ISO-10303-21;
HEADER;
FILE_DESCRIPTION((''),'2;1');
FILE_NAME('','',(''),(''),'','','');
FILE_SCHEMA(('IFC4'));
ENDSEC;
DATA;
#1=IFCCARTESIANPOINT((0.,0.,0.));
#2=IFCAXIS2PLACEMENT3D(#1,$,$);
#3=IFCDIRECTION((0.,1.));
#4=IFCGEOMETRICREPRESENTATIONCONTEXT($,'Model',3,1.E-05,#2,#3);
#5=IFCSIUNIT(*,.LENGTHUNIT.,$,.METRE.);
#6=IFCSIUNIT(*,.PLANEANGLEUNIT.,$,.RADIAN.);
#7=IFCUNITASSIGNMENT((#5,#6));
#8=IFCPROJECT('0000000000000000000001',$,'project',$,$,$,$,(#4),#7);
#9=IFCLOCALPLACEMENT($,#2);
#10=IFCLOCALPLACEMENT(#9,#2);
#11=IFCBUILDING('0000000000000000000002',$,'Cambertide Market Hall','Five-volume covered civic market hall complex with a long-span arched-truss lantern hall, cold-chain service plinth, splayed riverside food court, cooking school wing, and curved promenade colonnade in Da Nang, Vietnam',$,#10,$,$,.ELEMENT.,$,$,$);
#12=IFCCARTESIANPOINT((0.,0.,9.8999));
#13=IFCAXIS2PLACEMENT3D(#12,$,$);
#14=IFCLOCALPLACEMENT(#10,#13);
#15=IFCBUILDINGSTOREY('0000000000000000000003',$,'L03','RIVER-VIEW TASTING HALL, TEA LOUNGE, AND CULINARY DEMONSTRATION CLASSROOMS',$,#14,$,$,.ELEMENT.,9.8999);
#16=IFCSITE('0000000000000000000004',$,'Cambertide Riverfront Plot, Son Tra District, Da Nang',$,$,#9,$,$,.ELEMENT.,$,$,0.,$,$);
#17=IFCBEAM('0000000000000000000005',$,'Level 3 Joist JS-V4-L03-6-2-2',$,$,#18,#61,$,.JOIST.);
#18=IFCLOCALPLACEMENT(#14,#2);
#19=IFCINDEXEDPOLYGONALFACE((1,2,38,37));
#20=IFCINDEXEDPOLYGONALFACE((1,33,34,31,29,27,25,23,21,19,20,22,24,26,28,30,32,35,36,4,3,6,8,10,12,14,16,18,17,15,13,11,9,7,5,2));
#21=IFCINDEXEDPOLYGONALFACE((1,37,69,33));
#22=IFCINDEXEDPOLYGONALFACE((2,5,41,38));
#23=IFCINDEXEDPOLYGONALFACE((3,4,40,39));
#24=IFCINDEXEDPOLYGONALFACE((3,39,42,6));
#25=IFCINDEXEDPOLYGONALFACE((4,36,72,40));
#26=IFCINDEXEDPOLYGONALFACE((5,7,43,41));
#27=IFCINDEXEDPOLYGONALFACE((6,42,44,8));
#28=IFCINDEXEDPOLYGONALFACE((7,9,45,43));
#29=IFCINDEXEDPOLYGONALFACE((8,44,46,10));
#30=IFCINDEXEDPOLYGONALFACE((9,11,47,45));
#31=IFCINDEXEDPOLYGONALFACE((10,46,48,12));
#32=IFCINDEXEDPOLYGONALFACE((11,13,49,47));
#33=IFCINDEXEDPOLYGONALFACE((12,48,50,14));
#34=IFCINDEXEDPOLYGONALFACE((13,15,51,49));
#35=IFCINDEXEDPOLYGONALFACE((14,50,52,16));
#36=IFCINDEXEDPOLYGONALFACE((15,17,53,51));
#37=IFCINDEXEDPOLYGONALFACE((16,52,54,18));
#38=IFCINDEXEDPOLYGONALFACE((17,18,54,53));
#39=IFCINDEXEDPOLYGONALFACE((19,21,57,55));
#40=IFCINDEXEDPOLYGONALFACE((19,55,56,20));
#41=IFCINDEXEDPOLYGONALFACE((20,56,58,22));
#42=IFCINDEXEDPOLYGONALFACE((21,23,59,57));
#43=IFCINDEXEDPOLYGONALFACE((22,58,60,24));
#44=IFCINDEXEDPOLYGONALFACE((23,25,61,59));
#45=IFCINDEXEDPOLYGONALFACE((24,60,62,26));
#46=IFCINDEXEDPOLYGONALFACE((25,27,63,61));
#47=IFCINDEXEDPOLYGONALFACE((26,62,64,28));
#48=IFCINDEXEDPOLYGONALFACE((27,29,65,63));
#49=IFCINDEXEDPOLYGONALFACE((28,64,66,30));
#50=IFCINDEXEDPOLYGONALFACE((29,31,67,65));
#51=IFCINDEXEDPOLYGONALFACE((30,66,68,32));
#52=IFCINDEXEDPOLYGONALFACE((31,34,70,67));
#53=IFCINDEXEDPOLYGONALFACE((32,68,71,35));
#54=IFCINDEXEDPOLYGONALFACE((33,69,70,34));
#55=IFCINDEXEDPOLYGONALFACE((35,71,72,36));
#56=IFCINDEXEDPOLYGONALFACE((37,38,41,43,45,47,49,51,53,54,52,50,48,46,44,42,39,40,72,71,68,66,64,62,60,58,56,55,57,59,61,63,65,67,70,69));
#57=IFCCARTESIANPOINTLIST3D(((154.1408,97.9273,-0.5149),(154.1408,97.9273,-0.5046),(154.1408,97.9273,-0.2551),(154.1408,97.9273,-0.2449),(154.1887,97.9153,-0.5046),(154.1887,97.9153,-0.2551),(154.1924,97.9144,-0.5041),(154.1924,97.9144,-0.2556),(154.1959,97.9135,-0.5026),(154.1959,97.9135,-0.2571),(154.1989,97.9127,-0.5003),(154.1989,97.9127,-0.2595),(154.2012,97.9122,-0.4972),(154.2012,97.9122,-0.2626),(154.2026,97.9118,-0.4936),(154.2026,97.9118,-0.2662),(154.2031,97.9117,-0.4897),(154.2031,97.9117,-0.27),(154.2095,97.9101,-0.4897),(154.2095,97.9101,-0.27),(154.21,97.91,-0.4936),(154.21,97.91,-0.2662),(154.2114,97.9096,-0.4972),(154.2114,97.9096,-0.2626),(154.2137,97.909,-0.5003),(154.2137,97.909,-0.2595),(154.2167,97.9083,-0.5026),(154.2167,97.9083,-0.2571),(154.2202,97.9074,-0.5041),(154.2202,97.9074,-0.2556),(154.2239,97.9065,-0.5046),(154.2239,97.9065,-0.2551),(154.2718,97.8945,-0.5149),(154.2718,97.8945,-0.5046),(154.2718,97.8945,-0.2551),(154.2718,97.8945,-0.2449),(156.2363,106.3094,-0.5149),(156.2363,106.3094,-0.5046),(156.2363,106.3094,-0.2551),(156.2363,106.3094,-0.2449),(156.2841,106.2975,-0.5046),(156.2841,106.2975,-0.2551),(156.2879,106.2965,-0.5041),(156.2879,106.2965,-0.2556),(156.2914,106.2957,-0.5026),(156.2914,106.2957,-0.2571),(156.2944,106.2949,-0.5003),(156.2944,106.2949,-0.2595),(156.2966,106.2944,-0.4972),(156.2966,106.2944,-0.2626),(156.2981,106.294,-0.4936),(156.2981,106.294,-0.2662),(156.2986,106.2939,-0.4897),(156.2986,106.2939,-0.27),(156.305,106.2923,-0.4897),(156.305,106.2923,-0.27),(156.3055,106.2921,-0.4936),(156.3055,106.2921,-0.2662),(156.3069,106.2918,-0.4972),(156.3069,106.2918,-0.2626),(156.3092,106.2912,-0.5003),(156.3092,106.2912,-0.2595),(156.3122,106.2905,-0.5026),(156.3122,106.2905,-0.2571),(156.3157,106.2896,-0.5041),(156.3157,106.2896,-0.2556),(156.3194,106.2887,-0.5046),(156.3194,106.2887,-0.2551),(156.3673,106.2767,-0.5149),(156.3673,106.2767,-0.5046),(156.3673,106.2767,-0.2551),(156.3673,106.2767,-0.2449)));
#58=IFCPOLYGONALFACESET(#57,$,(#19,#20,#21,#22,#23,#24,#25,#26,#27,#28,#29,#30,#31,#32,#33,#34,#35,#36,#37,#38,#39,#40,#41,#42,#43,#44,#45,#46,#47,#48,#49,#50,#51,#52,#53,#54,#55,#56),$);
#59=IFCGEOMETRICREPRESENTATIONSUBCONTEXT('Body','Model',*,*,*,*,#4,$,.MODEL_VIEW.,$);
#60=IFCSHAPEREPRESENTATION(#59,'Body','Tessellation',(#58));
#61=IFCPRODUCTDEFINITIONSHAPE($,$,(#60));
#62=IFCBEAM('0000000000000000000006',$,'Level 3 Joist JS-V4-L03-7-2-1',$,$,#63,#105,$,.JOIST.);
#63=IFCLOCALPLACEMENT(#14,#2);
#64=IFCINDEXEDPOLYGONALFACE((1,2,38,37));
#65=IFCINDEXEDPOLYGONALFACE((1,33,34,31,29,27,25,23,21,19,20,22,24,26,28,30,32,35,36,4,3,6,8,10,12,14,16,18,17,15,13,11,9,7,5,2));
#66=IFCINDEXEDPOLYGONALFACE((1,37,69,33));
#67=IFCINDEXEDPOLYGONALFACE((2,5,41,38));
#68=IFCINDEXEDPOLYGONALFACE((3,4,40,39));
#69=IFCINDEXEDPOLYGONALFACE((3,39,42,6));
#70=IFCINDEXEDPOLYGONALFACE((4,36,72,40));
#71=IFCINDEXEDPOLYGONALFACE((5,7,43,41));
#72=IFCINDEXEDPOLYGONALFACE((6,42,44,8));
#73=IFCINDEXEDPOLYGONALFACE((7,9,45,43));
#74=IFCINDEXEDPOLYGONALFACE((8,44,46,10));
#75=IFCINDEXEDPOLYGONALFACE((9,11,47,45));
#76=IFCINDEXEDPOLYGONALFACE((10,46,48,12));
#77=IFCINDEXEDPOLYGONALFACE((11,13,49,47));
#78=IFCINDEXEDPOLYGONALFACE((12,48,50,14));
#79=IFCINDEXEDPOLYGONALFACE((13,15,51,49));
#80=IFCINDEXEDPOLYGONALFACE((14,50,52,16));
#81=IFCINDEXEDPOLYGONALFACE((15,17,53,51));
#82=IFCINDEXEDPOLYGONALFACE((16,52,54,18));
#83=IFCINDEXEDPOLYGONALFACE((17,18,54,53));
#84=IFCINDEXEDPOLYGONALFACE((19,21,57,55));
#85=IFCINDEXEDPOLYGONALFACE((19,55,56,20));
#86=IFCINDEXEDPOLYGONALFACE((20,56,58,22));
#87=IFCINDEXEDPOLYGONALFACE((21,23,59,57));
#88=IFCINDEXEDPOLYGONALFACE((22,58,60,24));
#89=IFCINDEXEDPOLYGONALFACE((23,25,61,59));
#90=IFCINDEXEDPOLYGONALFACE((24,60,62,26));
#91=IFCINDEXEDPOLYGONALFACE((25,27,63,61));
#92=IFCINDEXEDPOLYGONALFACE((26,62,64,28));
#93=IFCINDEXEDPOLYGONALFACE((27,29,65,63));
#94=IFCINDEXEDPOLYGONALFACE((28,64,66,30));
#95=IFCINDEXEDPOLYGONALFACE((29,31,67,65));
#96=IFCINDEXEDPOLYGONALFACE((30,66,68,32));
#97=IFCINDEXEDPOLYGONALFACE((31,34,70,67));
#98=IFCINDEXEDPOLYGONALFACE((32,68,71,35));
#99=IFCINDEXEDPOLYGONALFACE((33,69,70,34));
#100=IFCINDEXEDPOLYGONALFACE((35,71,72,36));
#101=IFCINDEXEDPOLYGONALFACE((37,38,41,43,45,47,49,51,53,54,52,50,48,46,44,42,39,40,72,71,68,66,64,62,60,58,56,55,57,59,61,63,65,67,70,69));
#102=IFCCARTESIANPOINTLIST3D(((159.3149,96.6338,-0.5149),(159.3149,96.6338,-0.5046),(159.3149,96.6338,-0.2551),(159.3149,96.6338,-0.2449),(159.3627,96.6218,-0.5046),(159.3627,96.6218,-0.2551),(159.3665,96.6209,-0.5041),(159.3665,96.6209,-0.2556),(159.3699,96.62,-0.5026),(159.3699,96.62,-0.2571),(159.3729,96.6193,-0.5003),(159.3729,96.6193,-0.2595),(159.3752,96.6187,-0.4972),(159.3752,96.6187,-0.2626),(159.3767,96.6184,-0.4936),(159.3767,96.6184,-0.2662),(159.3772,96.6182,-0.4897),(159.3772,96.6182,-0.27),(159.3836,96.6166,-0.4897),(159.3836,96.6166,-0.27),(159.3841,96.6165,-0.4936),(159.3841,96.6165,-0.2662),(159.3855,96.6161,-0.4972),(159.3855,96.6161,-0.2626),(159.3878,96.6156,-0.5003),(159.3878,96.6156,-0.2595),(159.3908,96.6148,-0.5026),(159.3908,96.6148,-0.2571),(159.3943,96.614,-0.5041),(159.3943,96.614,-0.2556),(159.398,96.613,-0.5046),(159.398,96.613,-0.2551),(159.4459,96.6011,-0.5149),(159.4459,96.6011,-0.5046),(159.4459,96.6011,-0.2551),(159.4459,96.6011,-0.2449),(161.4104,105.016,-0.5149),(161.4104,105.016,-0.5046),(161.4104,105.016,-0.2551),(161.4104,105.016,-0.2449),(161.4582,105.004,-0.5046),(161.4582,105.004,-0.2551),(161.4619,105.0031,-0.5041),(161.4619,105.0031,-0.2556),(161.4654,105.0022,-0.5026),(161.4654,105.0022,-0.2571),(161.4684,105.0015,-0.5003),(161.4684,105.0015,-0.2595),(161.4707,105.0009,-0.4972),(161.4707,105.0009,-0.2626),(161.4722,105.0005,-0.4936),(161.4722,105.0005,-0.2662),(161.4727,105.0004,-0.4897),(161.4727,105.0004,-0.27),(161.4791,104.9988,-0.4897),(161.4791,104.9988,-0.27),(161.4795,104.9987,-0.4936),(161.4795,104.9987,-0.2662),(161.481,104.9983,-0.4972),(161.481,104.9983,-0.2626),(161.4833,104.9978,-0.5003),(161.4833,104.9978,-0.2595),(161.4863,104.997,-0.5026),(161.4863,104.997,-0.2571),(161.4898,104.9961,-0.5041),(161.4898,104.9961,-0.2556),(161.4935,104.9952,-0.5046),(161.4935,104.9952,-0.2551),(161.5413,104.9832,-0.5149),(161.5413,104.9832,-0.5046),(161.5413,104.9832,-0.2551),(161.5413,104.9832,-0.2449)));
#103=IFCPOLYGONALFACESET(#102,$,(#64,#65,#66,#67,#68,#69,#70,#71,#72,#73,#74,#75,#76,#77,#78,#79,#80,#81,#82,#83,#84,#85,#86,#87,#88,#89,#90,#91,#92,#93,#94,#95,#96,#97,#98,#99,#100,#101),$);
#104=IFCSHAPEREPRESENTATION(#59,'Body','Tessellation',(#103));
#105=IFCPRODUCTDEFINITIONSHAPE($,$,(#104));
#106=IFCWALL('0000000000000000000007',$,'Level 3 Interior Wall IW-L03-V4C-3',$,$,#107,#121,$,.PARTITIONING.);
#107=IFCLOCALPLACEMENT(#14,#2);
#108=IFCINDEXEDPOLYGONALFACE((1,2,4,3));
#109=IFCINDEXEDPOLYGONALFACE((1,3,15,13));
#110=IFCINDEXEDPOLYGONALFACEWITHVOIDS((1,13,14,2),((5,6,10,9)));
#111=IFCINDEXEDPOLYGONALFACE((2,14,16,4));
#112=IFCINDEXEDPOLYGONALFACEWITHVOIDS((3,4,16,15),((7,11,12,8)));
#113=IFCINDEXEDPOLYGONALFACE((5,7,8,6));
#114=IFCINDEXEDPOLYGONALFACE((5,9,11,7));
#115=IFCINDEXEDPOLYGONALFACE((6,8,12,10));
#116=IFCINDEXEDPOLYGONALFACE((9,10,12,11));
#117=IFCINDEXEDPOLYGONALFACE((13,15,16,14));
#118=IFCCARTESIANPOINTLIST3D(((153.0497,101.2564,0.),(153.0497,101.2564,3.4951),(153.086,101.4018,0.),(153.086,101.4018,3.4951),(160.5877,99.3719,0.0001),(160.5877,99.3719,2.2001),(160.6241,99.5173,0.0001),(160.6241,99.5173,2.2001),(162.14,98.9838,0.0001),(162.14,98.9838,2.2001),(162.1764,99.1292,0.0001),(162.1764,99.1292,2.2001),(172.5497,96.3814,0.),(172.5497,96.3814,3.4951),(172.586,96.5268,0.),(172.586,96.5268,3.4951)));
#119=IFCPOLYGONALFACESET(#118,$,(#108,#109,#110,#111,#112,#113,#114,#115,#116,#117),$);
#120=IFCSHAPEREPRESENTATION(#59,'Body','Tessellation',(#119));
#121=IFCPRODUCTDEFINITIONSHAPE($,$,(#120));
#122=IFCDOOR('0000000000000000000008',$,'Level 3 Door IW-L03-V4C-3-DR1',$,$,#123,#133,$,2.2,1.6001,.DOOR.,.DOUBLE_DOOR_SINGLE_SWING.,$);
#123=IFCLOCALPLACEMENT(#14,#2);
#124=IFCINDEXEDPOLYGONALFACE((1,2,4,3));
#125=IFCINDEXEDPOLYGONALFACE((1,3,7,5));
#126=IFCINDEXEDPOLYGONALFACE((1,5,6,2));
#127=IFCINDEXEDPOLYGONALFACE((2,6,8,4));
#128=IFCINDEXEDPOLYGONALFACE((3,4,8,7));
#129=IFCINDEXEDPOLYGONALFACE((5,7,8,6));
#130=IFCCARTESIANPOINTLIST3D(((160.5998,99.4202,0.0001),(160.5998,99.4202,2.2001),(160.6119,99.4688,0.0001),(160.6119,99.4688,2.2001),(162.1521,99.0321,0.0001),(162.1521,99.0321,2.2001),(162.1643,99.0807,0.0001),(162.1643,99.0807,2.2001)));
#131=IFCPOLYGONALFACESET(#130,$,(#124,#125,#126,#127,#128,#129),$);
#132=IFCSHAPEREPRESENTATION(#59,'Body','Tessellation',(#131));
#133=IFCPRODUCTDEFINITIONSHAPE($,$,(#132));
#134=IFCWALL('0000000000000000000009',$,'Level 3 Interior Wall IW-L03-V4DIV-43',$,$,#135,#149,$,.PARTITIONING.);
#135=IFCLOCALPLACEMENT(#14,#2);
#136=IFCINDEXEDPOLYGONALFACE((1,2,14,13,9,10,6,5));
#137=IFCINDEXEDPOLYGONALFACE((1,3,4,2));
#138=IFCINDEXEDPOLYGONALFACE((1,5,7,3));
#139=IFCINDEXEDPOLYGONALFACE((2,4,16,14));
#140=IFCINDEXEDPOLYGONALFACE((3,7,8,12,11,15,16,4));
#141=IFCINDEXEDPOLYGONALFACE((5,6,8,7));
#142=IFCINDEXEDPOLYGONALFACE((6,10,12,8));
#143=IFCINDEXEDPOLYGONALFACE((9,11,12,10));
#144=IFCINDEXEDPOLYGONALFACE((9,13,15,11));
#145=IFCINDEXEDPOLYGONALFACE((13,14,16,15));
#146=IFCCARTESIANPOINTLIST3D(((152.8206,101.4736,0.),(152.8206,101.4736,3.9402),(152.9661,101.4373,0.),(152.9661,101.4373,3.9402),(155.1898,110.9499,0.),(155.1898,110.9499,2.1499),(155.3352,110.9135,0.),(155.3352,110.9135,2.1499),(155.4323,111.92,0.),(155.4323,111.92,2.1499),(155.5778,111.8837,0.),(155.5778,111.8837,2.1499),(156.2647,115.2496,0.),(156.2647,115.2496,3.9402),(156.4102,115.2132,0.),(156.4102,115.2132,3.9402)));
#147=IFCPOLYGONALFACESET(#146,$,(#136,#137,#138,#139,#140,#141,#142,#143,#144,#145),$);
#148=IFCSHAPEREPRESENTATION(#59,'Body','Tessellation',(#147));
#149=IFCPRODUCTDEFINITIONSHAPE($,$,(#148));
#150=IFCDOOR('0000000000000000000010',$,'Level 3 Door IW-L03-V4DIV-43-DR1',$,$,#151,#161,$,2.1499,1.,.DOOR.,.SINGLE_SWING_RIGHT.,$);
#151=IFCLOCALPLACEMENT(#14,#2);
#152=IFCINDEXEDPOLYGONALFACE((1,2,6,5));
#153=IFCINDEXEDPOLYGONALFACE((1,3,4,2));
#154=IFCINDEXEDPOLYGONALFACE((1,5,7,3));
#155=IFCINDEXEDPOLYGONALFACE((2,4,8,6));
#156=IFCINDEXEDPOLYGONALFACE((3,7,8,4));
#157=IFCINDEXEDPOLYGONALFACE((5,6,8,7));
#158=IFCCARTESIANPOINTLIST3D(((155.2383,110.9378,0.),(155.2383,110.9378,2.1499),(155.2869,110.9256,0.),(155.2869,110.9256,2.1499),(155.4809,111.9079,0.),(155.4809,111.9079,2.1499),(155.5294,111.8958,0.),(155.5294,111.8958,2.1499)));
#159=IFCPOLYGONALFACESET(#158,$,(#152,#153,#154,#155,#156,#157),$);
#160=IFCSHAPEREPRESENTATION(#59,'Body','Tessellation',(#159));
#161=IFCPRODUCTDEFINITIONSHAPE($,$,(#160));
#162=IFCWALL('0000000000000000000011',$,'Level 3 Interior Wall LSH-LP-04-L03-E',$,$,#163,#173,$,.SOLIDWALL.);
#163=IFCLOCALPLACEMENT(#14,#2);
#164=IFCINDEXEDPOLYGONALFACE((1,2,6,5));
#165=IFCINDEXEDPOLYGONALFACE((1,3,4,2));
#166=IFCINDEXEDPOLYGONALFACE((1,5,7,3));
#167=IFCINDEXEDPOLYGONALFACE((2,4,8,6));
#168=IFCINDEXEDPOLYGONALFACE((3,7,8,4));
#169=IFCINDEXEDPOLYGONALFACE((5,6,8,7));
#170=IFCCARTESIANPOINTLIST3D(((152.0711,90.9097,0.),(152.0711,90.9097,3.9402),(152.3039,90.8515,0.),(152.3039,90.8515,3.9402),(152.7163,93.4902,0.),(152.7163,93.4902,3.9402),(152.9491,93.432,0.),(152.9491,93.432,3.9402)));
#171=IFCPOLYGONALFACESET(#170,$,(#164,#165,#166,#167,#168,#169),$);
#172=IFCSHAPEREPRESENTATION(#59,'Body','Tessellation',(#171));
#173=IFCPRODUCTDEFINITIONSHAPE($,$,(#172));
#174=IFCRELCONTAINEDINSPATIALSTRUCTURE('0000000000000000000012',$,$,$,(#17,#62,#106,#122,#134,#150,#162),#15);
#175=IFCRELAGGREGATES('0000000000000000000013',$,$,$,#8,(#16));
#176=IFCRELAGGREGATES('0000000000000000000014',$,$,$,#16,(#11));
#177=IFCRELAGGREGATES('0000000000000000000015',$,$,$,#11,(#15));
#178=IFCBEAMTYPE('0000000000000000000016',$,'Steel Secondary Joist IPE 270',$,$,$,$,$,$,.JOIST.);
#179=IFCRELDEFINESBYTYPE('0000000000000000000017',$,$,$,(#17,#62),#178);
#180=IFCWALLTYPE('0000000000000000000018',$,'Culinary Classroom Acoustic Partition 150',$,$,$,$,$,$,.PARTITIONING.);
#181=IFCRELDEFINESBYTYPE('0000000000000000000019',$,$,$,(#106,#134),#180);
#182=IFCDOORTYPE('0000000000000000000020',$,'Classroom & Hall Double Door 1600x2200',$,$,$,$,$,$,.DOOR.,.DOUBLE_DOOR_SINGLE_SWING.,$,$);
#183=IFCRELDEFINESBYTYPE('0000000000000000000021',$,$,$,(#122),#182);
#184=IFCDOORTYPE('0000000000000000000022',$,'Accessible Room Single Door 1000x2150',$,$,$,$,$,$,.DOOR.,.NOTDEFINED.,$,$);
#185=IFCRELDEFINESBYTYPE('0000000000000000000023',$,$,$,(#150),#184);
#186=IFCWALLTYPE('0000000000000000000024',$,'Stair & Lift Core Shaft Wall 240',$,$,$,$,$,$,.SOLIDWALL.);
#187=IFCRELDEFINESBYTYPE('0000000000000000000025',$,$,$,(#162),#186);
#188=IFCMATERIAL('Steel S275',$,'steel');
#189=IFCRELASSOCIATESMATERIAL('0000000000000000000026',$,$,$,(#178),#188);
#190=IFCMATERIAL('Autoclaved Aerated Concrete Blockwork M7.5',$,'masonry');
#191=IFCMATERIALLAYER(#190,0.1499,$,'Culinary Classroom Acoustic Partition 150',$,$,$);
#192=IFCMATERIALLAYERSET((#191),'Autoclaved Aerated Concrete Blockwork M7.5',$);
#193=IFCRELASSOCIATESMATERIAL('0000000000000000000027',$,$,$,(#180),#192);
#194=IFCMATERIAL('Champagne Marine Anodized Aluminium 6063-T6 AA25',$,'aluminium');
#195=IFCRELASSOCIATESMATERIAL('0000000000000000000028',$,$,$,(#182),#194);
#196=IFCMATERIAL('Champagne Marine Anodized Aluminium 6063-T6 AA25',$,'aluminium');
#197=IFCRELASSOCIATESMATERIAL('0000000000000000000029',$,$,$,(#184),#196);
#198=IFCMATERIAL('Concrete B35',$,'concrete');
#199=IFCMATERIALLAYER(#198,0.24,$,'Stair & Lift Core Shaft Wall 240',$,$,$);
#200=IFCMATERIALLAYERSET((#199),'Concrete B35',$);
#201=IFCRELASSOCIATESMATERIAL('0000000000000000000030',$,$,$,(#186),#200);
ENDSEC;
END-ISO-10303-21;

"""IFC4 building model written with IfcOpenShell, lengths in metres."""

from ifc_helpers import new_model, si_unit, direction, frame, frame_2d, origin, origin_2d, place, context, subcontext, project, spatial, rectangle, i_section, extrude, material, layer, layer_set, material_profile, profile_set, type_object, element, fill, save


model = new_model("IFC4")

# Units and contexts
model_context = context("Model", 3, precision=1e-05, world=origin(), true_north=direction((0.0, 1.0)))
body_context = subcontext(model_context, "Body", "Model", "MODEL_VIEW")
ifc_project = project(units=[si_unit("LENGTHUNIT", "METRE"), si_unit("PLANEANGLEUNIT", "RADIAN")], contexts=[model_context])

# Site, building, storey
site_placement = place(None, origin())
site = spatial("IfcSite", under=ifc_project, at=site_placement, Name="Cambertide Riverfront Plot, Son Tra District, Da Nang", CompositionType="ELEMENT", RefElevation=0.0)
building_placement = place(site_placement, origin())
building = spatial("IfcBuilding", under=site, at=building_placement, Name="Cambertide Market Hall", Description="Five-volume covered civic market hall complex with a long-span arched-truss lantern hall, cold-chain service plinth, splayed riverside food court, cooking school wing, and curved promenade colonnade in Da Nang, Vietnam", CompositionType="ELEMENT")
storey_placement = place(building_placement, frame((0.0, 0.0, 9.8999)))
storey = spatial("IfcBuildingStorey", under=building, at=storey_placement, Name="L03", Description="RIVER-VIEW TASTING HALL, TEA LOUNGE, AND CULINARY DEMONSTRATION CLASSROOMS", CompositionType="ELEMENT", Elevation=9.8999)

# Beams
ifc_material_1 = material(Name="Steel S275", Category="steel")
ifc_material_profile_1 = material_profile(ifc_material_1, i_section(OverallWidth=0.135, OverallDepth=0.27, WebThickness=0.0066, FlangeThickness=0.0103, FilletRadius=0.0149, at=origin_2d()), Name="IPE 270")
ifc_profile_set_1 = profile_set([ifc_material_profile_1], Name="Steel S275")
beam_type_1 = type_object("IfcBeamType", Name="Steel Secondary Joist IPE 270", PredefinedType="JOIST", material=ifc_profile_set_1)
for number, where, z_axis, x_axis, name in (
    (1, (154.2063, 97.9109, -0.3799), (0.242529, 0.970144, 0.0), (-0.970144, 0.242529, 0.0), "Level 3 Joist JS-V4-L03-6-2-2"),
    (2, (159.3804, 96.6174, -0.3799), (0.242529, 0.970144, 0.0), (-0.970144, 0.242529, 0.0), "Level 3 Joist JS-V4-L03-7-2-1"),
):
    element("IfcBeam", number, at=place(storey_placement, frame(where, z_axis=z_axis, x_axis=x_axis)), inside=storey, type_object=beam_type_1, Name=name, PredefinedType="JOIST", context=body_context, shape_type="SweptSolid", body=[
        extrude(i_section(OverallWidth=0.135, OverallDepth=0.27, WebThickness=0.0066, FlangeThickness=0.0103, FilletRadius=0.0149, at=origin_2d()), origin(), (0.0, 0.0, 1.0), 8.6401),
    ])

# Walls, openings, doors
ifc_material_2 = material(Name="Autoclaved Aerated Concrete Blockwork M7.5", Category="masonry")
ifc_layer_1 = layer(ifc_material_2, 0.1499, Name="Culinary Classroom Acoustic Partition 150")
ifc_layer_set_1 = layer_set([ifc_layer_1], Name="Autoclaved Aerated Concrete Blockwork M7.5")
wall_type_1 = type_object("IfcWallType", Name="Culinary Classroom Acoustic Partition 150", PredefinedType="PARTITIONING", material=ifc_layer_set_1)
wall_1_placement = place(storey_placement, frame((153.0679, 101.3291, 0.0), z_axis=(0.0, 0.0, 1.0), x_axis=(0.970143, -0.242536, 0.0)))
wall_1 = element("IfcWall", 3, at=wall_1_placement, inside=storey, type_object=wall_type_1, Name="Level 3 Interior Wall IW-L03-V4C-3", PredefinedType="PARTITIONING", context=body_context, shape_type="SweptSolid", body=[
    extrude(rectangle(XDim=20.1001, YDim=0.1499, at=frame_2d((10.05, 0.0))), origin(), (0.0, 0.0, 1.0), 3.4951),
])
opening_1_placement = place(wall_1_placement, frame((7.77, 0.0, 0.0)))
opening_1 = element("IfcOpeningElement", 4, at=opening_1_placement, cuts=wall_1, PredefinedType="OPENING", context=body_context, shape_type="SweptSolid", body=[
    extrude(rectangle(XDim=1.6001, YDim=2.2, at=frame_2d((0.8, 1.1001))), frame((0.0, 0.085, 0.0), z_axis=(0.0, -1.0, 0.0), x_axis=(1.0, 0.0, 0.0)), (0.0, 0.0, 1.0), 0.1699),
])
ifc_material_3 = material(Name="Champagne Marine Anodized Aluminium 6063-T6 AA25", Category="aluminium")
door_type_1 = type_object("IfcDoorType", Name="Classroom & Hall Double Door 1600x2200", OperationType="DOUBLE_DOOR_SINGLE_SWING", PredefinedType="DOOR", material=ifc_material_3)
door_1_placement = place(opening_1_placement, origin())
door_1 = element("IfcDoor", 5, at=door_1_placement, inside=storey, type_object=door_type_1, Name="Level 3 Door IW-L03-V4C-3-DR1", OperationType="DOUBLE_DOOR_SINGLE_SWING", OverallHeight=2.2, OverallWidth=1.6001, PredefinedType="DOOR", context=body_context, shape_type="SweptSolid", body=[
    extrude(rectangle(XDim=1.6001, YDim=2.2, at=frame_2d((0.8, 1.1001))), frame((0.0, 0.0249, 0.0), z_axis=(0.0, -1.0, 0.0), x_axis=(1.0, 0.0, 0.0)), (0.0, 0.0, 1.0), 0.05),
])
fill(opening_1, door_1)
wall_2_placement = place(storey_placement, frame((152.8933, 101.4553, 0.0), z_axis=(0.0, 0.0, 1.0), x_axis=(0.242544, 0.97014, 0.0)))
wall_2 = element("IfcWall", 6, at=wall_2_placement, inside=storey, type_object=wall_type_1, Name="Level 3 Interior Wall IW-L03-V4DIV-43", PredefinedType="PARTITIONING", context=body_context, shape_type="SweptSolid", body=[
    extrude(rectangle(XDim=14.2, YDim=0.1499, at=frame_2d((7.1001, 0.0))), origin(), (0.0, 0.0, 1.0), 3.9402),
])
opening_2_placement = place(wall_2_placement, frame((9.7681, 0.0, 0.0)))
opening_2 = element("IfcOpeningElement", 7, at=opening_2_placement, cuts=wall_2, PredefinedType="OPENING", context=body_context, shape_type="SweptSolid", body=[
    extrude(rectangle(XDim=1.0, YDim=2.1499, at=frame_2d((0.5, 1.075))), frame((0.0, 0.085, 0.0), z_axis=(0.0, -1.0, 0.0), x_axis=(1.0, 0.0, 0.0)), (0.0, 0.0, 1.0), 0.1699),
])
ifc_material_4 = material(Name="Champagne Marine Anodized Aluminium 6063-T6 AA25", Category="aluminium")
door_type_2 = type_object("IfcDoorType", Name="Accessible Room Single Door 1000x2150", OperationType="NOTDEFINED", PredefinedType="DOOR", material=ifc_material_4)
door_2_placement = place(opening_2_placement, origin())
door_2 = element("IfcDoor", 8, at=door_2_placement, inside=storey, type_object=door_type_2, Name="Level 3 Door IW-L03-V4DIV-43-DR1", OperationType="SINGLE_SWING_RIGHT", OverallHeight=2.1499, OverallWidth=1.0, PredefinedType="DOOR", context=body_context, shape_type="SweptSolid", body=[
    extrude(rectangle(XDim=1.0, YDim=2.1499, at=frame_2d((0.5, 1.075))), frame((0.0, 0.0249, 0.0), z_axis=(0.0, -1.0, 0.0), x_axis=(1.0, 0.0, 0.0)), (0.0, 0.0, 1.0), 0.05),
])
fill(opening_2, door_2)
ifc_material_5 = material(Name="Concrete B35", Category="concrete")
ifc_layer_2 = layer(ifc_material_5, 0.24, Name="Stair & Lift Core Shaft Wall 240")
ifc_layer_set_2 = layer_set([ifc_layer_2], Name="Concrete B35")
wall_type_2 = type_object("IfcWallType", Name="Stair & Lift Core Shaft Wall 240", PredefinedType="SOLIDWALL", material=ifc_layer_set_2)

# Wall
wall_3_placement = place(storey_placement, frame((152.8328, 93.4612, 0.0), z_axis=(0.0, 0.0, 1.0), x_axis=(-0.242579, -0.970132, 0.0)))
element("IfcWall", 9, at=wall_3_placement, inside=storey, type_object=wall_type_2, Name="Level 3 Interior Wall LSH-LP-04-L03-E", PredefinedType="SOLIDWALL", context=body_context, shape_type="SweptSolid", body=[
    extrude(rectangle(XDim=2.6599, YDim=0.24, at=frame_2d((1.3301, 0.0))), origin(), (0.0, 0.0, 1.0), 3.9402),
])

save(model, "model.ifc")
